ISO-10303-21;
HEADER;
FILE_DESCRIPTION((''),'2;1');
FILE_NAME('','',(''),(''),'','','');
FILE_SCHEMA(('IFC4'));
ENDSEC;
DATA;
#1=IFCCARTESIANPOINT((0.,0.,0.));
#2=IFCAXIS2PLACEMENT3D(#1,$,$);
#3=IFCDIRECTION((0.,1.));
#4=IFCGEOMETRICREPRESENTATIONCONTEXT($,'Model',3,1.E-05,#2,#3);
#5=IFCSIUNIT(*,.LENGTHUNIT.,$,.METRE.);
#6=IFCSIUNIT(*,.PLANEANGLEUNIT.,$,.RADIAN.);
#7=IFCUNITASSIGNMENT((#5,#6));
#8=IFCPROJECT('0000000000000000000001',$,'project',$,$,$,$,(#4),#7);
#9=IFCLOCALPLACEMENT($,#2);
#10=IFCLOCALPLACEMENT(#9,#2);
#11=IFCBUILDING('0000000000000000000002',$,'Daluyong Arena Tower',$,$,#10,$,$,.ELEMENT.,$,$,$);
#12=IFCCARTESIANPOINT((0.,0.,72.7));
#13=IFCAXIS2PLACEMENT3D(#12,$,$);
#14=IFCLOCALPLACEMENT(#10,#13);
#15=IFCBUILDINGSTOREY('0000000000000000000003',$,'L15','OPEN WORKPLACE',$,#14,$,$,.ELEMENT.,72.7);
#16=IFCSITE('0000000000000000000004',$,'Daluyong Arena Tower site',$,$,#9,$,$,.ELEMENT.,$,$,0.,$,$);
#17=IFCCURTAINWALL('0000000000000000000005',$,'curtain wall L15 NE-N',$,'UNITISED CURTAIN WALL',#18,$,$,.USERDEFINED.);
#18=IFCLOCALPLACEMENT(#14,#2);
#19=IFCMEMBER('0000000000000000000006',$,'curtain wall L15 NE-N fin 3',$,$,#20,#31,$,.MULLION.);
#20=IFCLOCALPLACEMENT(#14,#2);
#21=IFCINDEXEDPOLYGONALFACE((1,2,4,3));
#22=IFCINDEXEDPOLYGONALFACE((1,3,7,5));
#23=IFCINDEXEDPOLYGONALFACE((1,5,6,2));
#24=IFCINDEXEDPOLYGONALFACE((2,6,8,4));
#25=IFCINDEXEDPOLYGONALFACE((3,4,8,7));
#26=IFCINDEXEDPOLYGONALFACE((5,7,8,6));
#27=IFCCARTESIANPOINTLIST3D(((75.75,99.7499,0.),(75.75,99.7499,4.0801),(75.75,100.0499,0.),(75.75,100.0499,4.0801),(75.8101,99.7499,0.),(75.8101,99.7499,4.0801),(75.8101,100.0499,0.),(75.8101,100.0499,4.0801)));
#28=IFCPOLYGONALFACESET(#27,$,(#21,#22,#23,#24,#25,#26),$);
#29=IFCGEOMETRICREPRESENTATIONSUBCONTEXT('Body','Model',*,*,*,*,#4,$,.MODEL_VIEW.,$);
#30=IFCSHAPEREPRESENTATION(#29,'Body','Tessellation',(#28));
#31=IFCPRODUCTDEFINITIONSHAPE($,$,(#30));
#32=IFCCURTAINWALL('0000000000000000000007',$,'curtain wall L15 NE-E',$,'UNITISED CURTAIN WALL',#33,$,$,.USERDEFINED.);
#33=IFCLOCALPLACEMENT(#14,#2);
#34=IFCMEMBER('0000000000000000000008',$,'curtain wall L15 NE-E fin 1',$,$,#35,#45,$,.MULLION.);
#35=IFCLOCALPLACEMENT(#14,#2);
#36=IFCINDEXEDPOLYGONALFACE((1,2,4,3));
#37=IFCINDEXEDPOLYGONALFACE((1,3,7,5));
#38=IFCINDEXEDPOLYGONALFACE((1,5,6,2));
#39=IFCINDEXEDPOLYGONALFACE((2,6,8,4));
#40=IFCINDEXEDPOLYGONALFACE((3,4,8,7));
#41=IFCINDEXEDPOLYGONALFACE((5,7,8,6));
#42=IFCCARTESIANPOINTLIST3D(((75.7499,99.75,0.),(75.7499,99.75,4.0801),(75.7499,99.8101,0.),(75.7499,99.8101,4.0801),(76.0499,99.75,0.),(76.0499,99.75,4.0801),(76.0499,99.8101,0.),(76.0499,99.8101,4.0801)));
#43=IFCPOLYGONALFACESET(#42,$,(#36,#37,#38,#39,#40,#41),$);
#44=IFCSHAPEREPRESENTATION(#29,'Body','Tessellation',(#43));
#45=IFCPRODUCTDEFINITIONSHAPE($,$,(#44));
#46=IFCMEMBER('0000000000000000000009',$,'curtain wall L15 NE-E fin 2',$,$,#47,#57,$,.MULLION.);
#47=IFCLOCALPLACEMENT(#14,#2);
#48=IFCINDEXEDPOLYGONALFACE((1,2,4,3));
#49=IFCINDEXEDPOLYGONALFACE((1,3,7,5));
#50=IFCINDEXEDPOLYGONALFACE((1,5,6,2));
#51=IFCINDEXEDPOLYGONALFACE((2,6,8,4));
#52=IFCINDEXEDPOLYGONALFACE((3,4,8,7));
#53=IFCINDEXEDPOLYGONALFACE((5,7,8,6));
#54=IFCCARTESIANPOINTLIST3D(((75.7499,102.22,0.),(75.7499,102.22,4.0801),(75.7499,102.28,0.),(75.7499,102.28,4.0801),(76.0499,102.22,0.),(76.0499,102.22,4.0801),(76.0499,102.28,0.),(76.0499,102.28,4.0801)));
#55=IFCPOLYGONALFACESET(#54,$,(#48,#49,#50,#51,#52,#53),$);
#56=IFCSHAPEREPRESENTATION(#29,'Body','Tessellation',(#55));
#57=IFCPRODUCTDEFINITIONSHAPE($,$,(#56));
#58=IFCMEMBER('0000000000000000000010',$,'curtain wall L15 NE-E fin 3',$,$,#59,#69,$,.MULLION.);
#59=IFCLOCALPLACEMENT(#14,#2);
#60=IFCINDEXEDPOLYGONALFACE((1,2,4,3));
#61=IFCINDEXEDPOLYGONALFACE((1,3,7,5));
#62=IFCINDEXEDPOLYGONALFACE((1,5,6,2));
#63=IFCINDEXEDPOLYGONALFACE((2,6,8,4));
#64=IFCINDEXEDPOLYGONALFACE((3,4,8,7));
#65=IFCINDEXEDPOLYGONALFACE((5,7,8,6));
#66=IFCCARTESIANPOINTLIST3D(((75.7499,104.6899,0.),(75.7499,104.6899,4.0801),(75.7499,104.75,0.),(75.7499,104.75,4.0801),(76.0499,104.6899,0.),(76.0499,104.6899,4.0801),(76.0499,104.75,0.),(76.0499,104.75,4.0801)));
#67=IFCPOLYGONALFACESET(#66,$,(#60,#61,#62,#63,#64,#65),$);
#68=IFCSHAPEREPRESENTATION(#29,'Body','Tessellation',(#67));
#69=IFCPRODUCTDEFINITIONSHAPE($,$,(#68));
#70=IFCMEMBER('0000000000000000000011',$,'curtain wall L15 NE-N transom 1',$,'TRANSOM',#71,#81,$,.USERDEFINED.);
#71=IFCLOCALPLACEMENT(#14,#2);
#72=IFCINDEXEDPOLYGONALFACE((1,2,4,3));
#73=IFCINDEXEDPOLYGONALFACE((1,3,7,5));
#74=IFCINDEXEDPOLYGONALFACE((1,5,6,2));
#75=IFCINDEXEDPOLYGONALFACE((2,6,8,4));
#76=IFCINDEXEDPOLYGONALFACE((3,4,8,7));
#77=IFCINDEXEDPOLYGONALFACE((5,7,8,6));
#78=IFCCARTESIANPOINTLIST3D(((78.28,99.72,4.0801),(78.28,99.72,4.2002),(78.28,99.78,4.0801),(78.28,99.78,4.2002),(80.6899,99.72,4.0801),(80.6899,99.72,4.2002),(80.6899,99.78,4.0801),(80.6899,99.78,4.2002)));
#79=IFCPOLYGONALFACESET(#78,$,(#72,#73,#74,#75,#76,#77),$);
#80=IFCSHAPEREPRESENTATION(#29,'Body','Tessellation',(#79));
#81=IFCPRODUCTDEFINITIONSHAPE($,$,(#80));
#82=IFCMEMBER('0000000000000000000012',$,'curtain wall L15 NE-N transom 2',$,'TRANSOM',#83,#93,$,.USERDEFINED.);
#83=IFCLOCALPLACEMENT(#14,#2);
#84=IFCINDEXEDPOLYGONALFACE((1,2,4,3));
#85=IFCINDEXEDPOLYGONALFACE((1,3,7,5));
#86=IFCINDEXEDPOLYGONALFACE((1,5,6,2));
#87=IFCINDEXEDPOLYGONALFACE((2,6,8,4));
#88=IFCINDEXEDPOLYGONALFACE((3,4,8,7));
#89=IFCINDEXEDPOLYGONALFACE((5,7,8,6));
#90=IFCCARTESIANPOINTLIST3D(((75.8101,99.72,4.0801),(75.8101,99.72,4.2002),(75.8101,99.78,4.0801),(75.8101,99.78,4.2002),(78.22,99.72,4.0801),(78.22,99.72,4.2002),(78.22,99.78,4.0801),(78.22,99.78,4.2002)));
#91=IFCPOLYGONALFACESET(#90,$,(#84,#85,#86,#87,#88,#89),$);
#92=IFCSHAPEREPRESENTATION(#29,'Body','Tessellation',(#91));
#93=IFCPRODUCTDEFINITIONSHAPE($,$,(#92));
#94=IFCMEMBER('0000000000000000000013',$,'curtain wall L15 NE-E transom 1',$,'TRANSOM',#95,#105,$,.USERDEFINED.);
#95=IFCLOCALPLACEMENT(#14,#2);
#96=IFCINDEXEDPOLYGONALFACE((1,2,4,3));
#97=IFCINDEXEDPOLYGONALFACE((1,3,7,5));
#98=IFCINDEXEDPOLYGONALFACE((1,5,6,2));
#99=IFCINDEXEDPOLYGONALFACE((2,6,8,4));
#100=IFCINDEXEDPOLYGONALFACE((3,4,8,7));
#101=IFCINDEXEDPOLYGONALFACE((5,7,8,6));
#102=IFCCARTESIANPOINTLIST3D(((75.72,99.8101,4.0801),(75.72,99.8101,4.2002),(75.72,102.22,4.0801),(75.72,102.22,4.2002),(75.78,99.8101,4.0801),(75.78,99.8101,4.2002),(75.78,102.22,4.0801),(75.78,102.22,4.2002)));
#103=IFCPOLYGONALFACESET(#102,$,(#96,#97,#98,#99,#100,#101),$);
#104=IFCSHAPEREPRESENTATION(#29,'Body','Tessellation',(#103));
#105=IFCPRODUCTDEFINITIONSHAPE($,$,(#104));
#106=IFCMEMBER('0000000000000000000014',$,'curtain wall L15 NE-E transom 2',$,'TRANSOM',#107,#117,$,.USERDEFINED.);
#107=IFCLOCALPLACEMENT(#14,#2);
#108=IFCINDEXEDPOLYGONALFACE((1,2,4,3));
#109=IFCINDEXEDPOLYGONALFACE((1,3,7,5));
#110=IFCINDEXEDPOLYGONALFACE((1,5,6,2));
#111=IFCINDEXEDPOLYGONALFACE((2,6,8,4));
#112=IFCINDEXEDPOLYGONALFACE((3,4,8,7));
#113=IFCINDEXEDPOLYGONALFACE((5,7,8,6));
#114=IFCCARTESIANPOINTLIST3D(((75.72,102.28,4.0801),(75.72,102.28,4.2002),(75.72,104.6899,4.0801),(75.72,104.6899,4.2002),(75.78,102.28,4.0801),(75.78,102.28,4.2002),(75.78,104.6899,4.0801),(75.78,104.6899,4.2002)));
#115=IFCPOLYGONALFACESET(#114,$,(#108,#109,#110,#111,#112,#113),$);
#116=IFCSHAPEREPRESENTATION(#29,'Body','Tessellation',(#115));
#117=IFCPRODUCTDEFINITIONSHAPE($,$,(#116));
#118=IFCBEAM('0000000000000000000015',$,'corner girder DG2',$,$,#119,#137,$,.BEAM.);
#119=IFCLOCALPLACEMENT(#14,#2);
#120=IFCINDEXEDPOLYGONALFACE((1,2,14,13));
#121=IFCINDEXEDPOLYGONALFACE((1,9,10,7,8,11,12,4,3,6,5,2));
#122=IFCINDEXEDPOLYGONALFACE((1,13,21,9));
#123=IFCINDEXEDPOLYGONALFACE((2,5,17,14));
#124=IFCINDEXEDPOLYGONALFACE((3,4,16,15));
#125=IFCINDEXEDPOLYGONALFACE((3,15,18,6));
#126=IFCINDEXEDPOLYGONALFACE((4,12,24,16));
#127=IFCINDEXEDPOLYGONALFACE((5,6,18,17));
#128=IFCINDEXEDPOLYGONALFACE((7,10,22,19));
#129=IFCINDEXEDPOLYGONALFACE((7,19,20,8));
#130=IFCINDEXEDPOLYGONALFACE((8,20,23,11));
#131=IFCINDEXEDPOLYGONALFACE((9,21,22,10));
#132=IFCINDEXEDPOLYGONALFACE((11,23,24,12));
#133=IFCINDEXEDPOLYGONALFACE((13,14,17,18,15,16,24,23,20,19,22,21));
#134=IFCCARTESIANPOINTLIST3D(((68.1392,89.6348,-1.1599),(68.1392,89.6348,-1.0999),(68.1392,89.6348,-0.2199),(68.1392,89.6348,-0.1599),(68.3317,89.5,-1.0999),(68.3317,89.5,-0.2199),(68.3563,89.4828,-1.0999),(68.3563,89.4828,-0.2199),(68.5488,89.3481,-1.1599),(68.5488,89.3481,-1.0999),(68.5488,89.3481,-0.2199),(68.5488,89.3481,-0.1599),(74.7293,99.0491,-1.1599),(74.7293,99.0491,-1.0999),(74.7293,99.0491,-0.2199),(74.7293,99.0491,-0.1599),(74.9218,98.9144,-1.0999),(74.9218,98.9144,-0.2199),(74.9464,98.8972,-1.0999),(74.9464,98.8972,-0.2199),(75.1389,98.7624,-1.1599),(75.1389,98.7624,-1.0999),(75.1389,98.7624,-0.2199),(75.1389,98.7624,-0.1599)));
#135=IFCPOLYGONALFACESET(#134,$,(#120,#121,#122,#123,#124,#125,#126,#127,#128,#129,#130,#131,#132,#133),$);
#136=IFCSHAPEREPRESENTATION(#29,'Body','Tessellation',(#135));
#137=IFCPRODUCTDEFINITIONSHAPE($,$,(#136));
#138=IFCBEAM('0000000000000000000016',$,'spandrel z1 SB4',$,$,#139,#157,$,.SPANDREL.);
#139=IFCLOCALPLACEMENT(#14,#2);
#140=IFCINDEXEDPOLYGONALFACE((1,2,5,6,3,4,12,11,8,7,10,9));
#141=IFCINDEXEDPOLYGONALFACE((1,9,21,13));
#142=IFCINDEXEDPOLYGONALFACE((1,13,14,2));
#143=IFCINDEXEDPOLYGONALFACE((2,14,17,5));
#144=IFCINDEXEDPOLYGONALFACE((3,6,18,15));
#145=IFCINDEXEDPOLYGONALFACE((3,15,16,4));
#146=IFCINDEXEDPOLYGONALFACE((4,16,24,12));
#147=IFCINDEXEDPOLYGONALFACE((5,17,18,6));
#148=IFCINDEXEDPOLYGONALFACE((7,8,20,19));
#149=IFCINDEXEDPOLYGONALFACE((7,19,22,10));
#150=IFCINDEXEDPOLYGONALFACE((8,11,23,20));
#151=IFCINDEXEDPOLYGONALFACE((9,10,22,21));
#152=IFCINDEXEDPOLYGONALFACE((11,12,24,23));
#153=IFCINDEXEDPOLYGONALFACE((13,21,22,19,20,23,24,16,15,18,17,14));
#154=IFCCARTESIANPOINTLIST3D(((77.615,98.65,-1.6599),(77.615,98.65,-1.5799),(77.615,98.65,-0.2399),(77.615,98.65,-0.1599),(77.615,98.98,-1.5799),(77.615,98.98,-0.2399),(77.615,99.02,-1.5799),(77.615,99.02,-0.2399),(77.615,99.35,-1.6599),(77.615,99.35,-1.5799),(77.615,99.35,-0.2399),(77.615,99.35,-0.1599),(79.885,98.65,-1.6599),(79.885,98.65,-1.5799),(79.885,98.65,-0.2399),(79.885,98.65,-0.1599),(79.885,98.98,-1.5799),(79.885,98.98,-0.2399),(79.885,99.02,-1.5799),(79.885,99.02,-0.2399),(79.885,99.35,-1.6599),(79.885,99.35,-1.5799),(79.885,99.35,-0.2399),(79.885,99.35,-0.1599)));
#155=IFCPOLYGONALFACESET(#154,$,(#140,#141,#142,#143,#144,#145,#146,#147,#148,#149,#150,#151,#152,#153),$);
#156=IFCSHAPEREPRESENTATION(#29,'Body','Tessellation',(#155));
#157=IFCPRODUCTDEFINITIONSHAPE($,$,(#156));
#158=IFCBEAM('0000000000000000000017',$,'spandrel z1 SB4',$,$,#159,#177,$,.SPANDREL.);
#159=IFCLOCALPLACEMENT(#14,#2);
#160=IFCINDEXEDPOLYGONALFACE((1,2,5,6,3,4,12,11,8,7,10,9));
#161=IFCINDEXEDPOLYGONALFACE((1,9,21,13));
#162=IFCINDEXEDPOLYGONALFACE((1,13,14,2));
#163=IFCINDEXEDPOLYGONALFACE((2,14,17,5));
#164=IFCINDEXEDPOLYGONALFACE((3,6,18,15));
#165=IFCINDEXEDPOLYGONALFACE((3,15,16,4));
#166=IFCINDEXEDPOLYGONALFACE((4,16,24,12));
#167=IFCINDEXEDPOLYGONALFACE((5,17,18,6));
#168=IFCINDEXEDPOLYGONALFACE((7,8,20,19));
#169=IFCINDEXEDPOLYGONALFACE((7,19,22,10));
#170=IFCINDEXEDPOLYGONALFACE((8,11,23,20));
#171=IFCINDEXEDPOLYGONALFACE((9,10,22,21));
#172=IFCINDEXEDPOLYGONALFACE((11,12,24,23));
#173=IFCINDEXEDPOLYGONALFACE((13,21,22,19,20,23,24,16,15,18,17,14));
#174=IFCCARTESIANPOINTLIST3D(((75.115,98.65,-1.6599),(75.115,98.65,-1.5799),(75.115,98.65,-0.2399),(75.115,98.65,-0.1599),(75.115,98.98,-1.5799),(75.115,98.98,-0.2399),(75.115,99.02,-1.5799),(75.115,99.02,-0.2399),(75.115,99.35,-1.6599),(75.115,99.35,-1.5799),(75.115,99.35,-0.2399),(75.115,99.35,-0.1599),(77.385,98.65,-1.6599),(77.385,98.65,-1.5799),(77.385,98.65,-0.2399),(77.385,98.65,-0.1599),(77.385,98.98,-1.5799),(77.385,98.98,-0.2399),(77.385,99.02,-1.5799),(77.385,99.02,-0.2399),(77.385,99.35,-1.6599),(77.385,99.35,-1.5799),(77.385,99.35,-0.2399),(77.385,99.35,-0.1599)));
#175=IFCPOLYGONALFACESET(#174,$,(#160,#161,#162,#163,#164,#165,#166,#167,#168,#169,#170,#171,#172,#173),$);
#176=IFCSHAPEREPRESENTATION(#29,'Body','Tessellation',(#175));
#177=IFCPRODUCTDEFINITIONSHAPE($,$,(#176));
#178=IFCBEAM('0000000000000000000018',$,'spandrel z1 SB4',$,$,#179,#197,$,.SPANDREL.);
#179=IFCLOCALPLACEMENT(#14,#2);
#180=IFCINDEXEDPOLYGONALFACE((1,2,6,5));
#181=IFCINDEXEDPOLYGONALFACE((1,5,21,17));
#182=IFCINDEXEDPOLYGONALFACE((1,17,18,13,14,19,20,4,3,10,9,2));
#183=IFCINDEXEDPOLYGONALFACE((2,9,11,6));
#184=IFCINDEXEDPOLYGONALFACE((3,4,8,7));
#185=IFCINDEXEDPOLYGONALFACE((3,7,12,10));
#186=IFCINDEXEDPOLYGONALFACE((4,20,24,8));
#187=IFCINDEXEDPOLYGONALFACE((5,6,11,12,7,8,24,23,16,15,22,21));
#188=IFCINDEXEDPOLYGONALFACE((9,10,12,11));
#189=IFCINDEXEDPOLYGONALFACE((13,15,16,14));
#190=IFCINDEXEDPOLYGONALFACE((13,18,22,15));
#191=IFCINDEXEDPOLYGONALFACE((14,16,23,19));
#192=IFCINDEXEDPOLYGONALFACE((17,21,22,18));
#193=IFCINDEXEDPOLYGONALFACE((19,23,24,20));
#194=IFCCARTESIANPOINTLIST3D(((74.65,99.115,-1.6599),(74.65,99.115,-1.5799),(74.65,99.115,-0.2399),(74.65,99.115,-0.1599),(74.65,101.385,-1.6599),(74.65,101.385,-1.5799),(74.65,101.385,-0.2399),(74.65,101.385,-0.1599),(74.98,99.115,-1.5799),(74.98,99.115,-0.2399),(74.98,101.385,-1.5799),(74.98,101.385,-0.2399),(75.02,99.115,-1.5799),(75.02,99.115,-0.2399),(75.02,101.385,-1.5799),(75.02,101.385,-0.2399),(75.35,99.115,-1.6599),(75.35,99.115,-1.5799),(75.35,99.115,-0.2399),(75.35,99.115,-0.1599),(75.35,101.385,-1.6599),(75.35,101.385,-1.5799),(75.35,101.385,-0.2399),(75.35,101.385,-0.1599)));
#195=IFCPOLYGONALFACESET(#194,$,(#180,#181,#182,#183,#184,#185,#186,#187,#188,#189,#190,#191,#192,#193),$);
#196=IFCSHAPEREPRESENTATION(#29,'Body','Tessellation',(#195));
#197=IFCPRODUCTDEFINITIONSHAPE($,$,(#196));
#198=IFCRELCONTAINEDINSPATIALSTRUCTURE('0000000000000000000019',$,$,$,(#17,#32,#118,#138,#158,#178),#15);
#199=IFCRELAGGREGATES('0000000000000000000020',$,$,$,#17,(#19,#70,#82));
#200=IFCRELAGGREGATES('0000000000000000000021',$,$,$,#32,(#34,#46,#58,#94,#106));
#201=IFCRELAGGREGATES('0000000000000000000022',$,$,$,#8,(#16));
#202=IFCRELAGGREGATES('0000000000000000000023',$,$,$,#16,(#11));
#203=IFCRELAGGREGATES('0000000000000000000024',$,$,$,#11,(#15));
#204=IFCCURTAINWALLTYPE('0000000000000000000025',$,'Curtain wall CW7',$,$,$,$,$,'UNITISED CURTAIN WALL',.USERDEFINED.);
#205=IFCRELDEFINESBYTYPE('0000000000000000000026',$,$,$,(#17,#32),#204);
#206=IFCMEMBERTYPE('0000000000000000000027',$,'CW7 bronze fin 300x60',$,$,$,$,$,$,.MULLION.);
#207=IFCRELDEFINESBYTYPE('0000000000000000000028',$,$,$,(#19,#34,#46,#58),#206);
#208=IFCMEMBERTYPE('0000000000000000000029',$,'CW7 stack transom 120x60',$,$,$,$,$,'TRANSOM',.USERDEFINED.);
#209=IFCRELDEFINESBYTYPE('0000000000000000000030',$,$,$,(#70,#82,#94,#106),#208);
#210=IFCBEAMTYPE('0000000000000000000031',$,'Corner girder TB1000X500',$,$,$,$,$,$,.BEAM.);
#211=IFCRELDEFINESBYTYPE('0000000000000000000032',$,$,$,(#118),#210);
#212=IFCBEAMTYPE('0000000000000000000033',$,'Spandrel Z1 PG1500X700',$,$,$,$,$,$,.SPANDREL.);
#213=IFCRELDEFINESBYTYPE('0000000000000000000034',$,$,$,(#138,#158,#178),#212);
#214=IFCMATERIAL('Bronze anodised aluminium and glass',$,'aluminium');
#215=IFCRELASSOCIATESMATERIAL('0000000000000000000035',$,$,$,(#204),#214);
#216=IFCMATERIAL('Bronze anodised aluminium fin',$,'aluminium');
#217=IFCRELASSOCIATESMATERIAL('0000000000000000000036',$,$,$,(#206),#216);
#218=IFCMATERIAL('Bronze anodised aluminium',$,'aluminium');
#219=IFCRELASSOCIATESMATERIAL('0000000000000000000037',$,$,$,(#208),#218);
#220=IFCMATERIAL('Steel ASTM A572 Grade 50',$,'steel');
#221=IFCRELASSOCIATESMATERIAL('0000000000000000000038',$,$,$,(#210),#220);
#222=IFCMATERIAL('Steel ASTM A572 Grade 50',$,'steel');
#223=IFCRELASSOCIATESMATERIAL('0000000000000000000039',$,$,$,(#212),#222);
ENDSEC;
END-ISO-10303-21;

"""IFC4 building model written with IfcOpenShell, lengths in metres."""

from ifc_helpers import new_model, si_unit, direction, frame, origin, origin_2d, place, context, subcontext, project, spatial, rectangle, i_section, extrude, material, material_profile, profile_set, type_object, element, aggregate, save


model = new_model("IFC4")

# Units and contexts
model_context = context("Model", 3, precision=1e-05, world=origin(), true_north=direction((0.0, 1.0)))
body_context = subcontext(model_context, "Body", "Model", "MODEL_VIEW")
ifc_project = project(units=[si_unit("LENGTHUNIT", "METRE"), si_unit("PLANEANGLEUNIT", "RADIAN")], contexts=[model_context])

# Site, building, storey
site_placement = place(None, origin())
site = spatial("IfcSite", under=ifc_project, at=site_placement, Name="Daluyong Arena Tower site", CompositionType="ELEMENT", RefElevation=0.0)
building_placement = place(site_placement, origin())
building = spatial("IfcBuilding", under=site, at=building_placement, Name="Daluyong Arena Tower", CompositionType="ELEMENT")
storey_placement = place(building_placement, frame((0.0, 0.0, 72.7)))
storey = spatial("IfcBuildingStorey", under=building, at=storey_placement, Name="L15", Description="OPEN WORKPLACE", CompositionType="ELEMENT", Elevation=72.7)

# Curtain walls, members
ifc_material_1 = material(Name="Bronze anodised aluminium and glass", Category="aluminium")
curtain_wall_type_1 = type_object("IfcCurtainWallType", Name="Curtain wall CW7", ElementType="UNITISED CURTAIN WALL", PredefinedType="USERDEFINED", material=ifc_material_1)
curtain_wall_1_placement = place(storey_placement, origin())
curtain_wall_1 = element("IfcCurtainWall", 1, at=curtain_wall_1_placement, inside=storey, type_object=curtain_wall_type_1, Name="curtain wall L15 NE-N", ObjectType="UNITISED CURTAIN WALL", PredefinedType="USERDEFINED")
ifc_material_2 = material(Name="Bronze anodised aluminium fin", Category="aluminium")
ifc_material_profile_1 = material_profile(ifc_material_2, rectangle(XDim=0.3, YDim=0.0601, at=origin_2d()))
ifc_profile_set_1 = profile_set([ifc_material_profile_1], Name="Bronze anodised aluminium fin")
member_type_1 = type_object("IfcMemberType", Name="CW7 bronze fin 300x60", PredefinedType="MULLION", material=ifc_profile_set_1)
member_1_placement = place(storey_placement, frame((75.78, 99.8999, 0.0), z_axis=(0.0, 0.0, 1.0), x_axis=(0.0, -1.0, 0.0)))
member_1 = element("IfcMember", 2, at=member_1_placement, type_object=member_type_1, Name="curtain wall L15 NE-N fin 3", PredefinedType="MULLION", context=body_context, shape_type="SweptSolid", body=[
    extrude(rectangle(XDim=0.3, YDim=0.0601, at=origin_2d()), origin(), (0.0, 0.0, 1.0), 4.0801),
])
curtain_wall_2_placement = place(storey_placement, origin())
curtain_wall_2 = element("IfcCurtainWall", 3, at=curtain_wall_2_placement, inside=storey, type_object=curtain_wall_type_1, Name="curtain wall L15 NE-E", ObjectType="UNITISED CURTAIN WALL", PredefinedType="USERDEFINED")
member_2_placement = place(storey_placement, frame((75.8999, 99.78, 0.0), z_axis=(0.0, 0.0, 1.0), x_axis=(-1.0, 0.0, 0.0)))
member_2 = element("IfcMember", 4, at=member_2_placement, type_object=member_type_1, Name="curtain wall L15 NE-E fin 1", PredefinedType="MULLION", context=body_context, shape_type="SweptSolid", body=[
    extrude(rectangle(XDim=0.3, YDim=0.0601, at=origin_2d()), origin(), (0.0, 0.0, 1.0), 4.0801),
])
member_3_placement = place(storey_placement, frame((75.8999, 102.25, 0.0), z_axis=(0.0, 0.0, 1.0), x_axis=(-1.0, 0.0, 0.0)))
member_3 = element("IfcMember", 5, at=member_3_placement, type_object=member_type_1, Name="curtain wall L15 NE-E fin 2", PredefinedType="MULLION", context=body_context, shape_type="SweptSolid", body=[
    extrude(rectangle(XDim=0.3, YDim=0.0601, at=origin_2d()), origin(), (0.0, 0.0, 1.0), 4.0801),
])
member_4_placement = place(storey_placement, frame((75.8999, 104.72, 0.0), z_axis=(0.0, 0.0, 1.0), x_axis=(-1.0, 0.0, 0.0)))
member_4 = element("IfcMember", 6, at=member_4_placement, type_object=member_type_1, Name="curtain wall L15 NE-E fin 3", PredefinedType="MULLION", context=body_context, shape_type="SweptSolid", body=[
    extrude(rectangle(XDim=0.3, YDim=0.0601, at=origin_2d()), origin(), (0.0, 0.0, 1.0), 4.0801),
])

# Members
ifc_material_3 = material(Name="Bronze anodised aluminium", Category="aluminium")
ifc_material_profile_2 = material_profile(ifc_material_3, rectangle(XDim=0.0601, YDim=0.1201, at=origin_2d()))
ifc_profile_set_2 = profile_set([ifc_material_profile_2], Name="Bronze anodised aluminium")
member_type_2 = type_object("IfcMemberType", Name="CW7 stack transom 120x60", ElementType="TRANSOM", PredefinedType="USERDEFINED", material=ifc_profile_set_2)
member_5_placement = place(storey_placement, frame((80.6899, 99.75, 4.1401), z_axis=(-1.0, 0.0, 0.0), x_axis=(0.0, -1.0, 0.0)))
member_5 = element("IfcMember", 7, at=member_5_placement, type_object=member_type_2, Name="curtain wall L15 NE-N transom 1", ObjectType="TRANSOM", PredefinedType="USERDEFINED", context=body_context, shape_type="SweptSolid", body=[
    extrude(rectangle(XDim=0.0601, YDim=0.1201, at=origin_2d()), origin(), (0.0, 0.0, 1.0), 2.4099),
])
member_6_placement = place(storey_placement, frame((78.22, 99.75, 4.1401), z_axis=(-1.0, 0.0, 0.0), x_axis=(0.0, -1.0, 0.0)))
member_6 = element("IfcMember", 8, at=member_6_placement, type_object=member_type_2, Name="curtain wall L15 NE-N transom 2", ObjectType="TRANSOM", PredefinedType="USERDEFINED", context=body_context, shape_type="SweptSolid", body=[
    extrude(rectangle(XDim=0.0601, YDim=0.1201, at=origin_2d()), origin(), (0.0, 0.0, 1.0), 2.4099),
])
member_7_placement = place(storey_placement, frame((75.75, 99.8101, 4.1401), z_axis=(0.0, 1.0, 0.0), x_axis=(-1.0, 0.0, 0.0)))
member_7 = element("IfcMember", 9, at=member_7_placement, type_object=member_type_2, Name="curtain wall L15 NE-E transom 1", ObjectType="TRANSOM", PredefinedType="USERDEFINED", context=body_context, shape_type="SweptSolid", body=[
    extrude(rectangle(XDim=0.0601, YDim=0.1201, at=origin_2d()), origin(), (0.0, 0.0, 1.0), 2.4099),
])
member_8_placement = place(storey_placement, frame((75.75, 102.28, 4.1401), z_axis=(0.0, 1.0, 0.0), x_axis=(-1.0, 0.0, 0.0)))
member_8 = element("IfcMember", 10, at=member_8_placement, type_object=member_type_2, Name="curtain wall L15 NE-E transom 2", ObjectType="TRANSOM", PredefinedType="USERDEFINED", context=body_context, shape_type="SweptSolid", body=[
    extrude(rectangle(XDim=0.0601, YDim=0.1201, at=origin_2d()), origin(), (0.0, 0.0, 1.0), 2.4099),
])

# Beams
ifc_material_4 = material(Name="Steel ASTM A572 Grade 50", Category="steel")
ifc_material_profile_3 = material_profile(ifc_material_4, i_section(OverallWidth=0.5, OverallDepth=1.0, WebThickness=0.03, FlangeThickness=0.06, at=origin_2d()))
ifc_profile_set_3 = profile_set([ifc_material_profile_3], Name="Steel ASTM A572 Grade 50")
beam_type_1 = type_object("IfcBeamType", Name="Corner girder TB1000X500", PredefinedType="BEAM", material=ifc_profile_set_3)
beam_1_placement = place(storey_placement, frame((74.9341, 98.9058, -0.6599), z_axis=(-0.573467, -0.819229, 0.0), x_axis=(0.819229, -0.573467, 0.0)))
element("IfcBeam", 11, at=beam_1_placement, inside=storey, type_object=beam_type_1, Name="corner girder DG2", PredefinedType="BEAM", context=body_context, shape_type="SweptSolid", body=[
    extrude(i_section(OverallWidth=0.5, OverallDepth=1.0, WebThickness=0.03, FlangeThickness=0.06, at=origin_2d()), origin(), (0.0, 0.0, 1.0), 11.4917),
])
ifc_material_5 = material(Name="Steel ASTM A572 Grade 50", Category="steel")
ifc_material_profile_4 = material_profile(ifc_material_5, i_section(OverallWidth=0.7, OverallDepth=1.5, WebThickness=0.04, FlangeThickness=0.08, at=origin_2d()))
ifc_profile_set_4 = profile_set([ifc_material_profile_4], Name="Steel ASTM A572 Grade 50")
beam_type_2 = type_object("IfcBeamType", Name="Spandrel Z1 PG1500X700", PredefinedType="SPANDREL", material=ifc_profile_set_4)
for number, where, z_axis, x_axis, name in (
    (12, (79.885, 99.0, -0.9099), (-1.0, 0.0, 0.0), (0.0, -1.0, 0.0), "spandrel z1 SB4"),
    (13, (77.385, 99.0, -0.9099), (-1.0, 0.0, 0.0), (0.0, -1.0, 0.0), "spandrel z1 SB4"),
    (14, (75.0, 99.115, -0.9099), (0.0, 1.0, 0.0), (-1.0, 0.0, 0.0), "spandrel z1 SB4"),
):
    element("IfcBeam", number, at=place(storey_placement, frame(where, z_axis=z_axis, x_axis=x_axis)), inside=storey, type_object=beam_type_2, Name=name, PredefinedType="SPANDREL", context=body_context, shape_type="SweptSolid", body=[
        extrude(i_section(OverallWidth=0.7, OverallDepth=1.5, WebThickness=0.04, FlangeThickness=0.08, at=origin_2d()), origin(), (0.0, 0.0, 1.0), 2.27),
    ])

aggregate(curtain_wall_1, [member_1, member_5, member_6])
aggregate(curtain_wall_2, [member_2, member_3, member_4, member_7, member_8])

save(model, "model.ifc")
